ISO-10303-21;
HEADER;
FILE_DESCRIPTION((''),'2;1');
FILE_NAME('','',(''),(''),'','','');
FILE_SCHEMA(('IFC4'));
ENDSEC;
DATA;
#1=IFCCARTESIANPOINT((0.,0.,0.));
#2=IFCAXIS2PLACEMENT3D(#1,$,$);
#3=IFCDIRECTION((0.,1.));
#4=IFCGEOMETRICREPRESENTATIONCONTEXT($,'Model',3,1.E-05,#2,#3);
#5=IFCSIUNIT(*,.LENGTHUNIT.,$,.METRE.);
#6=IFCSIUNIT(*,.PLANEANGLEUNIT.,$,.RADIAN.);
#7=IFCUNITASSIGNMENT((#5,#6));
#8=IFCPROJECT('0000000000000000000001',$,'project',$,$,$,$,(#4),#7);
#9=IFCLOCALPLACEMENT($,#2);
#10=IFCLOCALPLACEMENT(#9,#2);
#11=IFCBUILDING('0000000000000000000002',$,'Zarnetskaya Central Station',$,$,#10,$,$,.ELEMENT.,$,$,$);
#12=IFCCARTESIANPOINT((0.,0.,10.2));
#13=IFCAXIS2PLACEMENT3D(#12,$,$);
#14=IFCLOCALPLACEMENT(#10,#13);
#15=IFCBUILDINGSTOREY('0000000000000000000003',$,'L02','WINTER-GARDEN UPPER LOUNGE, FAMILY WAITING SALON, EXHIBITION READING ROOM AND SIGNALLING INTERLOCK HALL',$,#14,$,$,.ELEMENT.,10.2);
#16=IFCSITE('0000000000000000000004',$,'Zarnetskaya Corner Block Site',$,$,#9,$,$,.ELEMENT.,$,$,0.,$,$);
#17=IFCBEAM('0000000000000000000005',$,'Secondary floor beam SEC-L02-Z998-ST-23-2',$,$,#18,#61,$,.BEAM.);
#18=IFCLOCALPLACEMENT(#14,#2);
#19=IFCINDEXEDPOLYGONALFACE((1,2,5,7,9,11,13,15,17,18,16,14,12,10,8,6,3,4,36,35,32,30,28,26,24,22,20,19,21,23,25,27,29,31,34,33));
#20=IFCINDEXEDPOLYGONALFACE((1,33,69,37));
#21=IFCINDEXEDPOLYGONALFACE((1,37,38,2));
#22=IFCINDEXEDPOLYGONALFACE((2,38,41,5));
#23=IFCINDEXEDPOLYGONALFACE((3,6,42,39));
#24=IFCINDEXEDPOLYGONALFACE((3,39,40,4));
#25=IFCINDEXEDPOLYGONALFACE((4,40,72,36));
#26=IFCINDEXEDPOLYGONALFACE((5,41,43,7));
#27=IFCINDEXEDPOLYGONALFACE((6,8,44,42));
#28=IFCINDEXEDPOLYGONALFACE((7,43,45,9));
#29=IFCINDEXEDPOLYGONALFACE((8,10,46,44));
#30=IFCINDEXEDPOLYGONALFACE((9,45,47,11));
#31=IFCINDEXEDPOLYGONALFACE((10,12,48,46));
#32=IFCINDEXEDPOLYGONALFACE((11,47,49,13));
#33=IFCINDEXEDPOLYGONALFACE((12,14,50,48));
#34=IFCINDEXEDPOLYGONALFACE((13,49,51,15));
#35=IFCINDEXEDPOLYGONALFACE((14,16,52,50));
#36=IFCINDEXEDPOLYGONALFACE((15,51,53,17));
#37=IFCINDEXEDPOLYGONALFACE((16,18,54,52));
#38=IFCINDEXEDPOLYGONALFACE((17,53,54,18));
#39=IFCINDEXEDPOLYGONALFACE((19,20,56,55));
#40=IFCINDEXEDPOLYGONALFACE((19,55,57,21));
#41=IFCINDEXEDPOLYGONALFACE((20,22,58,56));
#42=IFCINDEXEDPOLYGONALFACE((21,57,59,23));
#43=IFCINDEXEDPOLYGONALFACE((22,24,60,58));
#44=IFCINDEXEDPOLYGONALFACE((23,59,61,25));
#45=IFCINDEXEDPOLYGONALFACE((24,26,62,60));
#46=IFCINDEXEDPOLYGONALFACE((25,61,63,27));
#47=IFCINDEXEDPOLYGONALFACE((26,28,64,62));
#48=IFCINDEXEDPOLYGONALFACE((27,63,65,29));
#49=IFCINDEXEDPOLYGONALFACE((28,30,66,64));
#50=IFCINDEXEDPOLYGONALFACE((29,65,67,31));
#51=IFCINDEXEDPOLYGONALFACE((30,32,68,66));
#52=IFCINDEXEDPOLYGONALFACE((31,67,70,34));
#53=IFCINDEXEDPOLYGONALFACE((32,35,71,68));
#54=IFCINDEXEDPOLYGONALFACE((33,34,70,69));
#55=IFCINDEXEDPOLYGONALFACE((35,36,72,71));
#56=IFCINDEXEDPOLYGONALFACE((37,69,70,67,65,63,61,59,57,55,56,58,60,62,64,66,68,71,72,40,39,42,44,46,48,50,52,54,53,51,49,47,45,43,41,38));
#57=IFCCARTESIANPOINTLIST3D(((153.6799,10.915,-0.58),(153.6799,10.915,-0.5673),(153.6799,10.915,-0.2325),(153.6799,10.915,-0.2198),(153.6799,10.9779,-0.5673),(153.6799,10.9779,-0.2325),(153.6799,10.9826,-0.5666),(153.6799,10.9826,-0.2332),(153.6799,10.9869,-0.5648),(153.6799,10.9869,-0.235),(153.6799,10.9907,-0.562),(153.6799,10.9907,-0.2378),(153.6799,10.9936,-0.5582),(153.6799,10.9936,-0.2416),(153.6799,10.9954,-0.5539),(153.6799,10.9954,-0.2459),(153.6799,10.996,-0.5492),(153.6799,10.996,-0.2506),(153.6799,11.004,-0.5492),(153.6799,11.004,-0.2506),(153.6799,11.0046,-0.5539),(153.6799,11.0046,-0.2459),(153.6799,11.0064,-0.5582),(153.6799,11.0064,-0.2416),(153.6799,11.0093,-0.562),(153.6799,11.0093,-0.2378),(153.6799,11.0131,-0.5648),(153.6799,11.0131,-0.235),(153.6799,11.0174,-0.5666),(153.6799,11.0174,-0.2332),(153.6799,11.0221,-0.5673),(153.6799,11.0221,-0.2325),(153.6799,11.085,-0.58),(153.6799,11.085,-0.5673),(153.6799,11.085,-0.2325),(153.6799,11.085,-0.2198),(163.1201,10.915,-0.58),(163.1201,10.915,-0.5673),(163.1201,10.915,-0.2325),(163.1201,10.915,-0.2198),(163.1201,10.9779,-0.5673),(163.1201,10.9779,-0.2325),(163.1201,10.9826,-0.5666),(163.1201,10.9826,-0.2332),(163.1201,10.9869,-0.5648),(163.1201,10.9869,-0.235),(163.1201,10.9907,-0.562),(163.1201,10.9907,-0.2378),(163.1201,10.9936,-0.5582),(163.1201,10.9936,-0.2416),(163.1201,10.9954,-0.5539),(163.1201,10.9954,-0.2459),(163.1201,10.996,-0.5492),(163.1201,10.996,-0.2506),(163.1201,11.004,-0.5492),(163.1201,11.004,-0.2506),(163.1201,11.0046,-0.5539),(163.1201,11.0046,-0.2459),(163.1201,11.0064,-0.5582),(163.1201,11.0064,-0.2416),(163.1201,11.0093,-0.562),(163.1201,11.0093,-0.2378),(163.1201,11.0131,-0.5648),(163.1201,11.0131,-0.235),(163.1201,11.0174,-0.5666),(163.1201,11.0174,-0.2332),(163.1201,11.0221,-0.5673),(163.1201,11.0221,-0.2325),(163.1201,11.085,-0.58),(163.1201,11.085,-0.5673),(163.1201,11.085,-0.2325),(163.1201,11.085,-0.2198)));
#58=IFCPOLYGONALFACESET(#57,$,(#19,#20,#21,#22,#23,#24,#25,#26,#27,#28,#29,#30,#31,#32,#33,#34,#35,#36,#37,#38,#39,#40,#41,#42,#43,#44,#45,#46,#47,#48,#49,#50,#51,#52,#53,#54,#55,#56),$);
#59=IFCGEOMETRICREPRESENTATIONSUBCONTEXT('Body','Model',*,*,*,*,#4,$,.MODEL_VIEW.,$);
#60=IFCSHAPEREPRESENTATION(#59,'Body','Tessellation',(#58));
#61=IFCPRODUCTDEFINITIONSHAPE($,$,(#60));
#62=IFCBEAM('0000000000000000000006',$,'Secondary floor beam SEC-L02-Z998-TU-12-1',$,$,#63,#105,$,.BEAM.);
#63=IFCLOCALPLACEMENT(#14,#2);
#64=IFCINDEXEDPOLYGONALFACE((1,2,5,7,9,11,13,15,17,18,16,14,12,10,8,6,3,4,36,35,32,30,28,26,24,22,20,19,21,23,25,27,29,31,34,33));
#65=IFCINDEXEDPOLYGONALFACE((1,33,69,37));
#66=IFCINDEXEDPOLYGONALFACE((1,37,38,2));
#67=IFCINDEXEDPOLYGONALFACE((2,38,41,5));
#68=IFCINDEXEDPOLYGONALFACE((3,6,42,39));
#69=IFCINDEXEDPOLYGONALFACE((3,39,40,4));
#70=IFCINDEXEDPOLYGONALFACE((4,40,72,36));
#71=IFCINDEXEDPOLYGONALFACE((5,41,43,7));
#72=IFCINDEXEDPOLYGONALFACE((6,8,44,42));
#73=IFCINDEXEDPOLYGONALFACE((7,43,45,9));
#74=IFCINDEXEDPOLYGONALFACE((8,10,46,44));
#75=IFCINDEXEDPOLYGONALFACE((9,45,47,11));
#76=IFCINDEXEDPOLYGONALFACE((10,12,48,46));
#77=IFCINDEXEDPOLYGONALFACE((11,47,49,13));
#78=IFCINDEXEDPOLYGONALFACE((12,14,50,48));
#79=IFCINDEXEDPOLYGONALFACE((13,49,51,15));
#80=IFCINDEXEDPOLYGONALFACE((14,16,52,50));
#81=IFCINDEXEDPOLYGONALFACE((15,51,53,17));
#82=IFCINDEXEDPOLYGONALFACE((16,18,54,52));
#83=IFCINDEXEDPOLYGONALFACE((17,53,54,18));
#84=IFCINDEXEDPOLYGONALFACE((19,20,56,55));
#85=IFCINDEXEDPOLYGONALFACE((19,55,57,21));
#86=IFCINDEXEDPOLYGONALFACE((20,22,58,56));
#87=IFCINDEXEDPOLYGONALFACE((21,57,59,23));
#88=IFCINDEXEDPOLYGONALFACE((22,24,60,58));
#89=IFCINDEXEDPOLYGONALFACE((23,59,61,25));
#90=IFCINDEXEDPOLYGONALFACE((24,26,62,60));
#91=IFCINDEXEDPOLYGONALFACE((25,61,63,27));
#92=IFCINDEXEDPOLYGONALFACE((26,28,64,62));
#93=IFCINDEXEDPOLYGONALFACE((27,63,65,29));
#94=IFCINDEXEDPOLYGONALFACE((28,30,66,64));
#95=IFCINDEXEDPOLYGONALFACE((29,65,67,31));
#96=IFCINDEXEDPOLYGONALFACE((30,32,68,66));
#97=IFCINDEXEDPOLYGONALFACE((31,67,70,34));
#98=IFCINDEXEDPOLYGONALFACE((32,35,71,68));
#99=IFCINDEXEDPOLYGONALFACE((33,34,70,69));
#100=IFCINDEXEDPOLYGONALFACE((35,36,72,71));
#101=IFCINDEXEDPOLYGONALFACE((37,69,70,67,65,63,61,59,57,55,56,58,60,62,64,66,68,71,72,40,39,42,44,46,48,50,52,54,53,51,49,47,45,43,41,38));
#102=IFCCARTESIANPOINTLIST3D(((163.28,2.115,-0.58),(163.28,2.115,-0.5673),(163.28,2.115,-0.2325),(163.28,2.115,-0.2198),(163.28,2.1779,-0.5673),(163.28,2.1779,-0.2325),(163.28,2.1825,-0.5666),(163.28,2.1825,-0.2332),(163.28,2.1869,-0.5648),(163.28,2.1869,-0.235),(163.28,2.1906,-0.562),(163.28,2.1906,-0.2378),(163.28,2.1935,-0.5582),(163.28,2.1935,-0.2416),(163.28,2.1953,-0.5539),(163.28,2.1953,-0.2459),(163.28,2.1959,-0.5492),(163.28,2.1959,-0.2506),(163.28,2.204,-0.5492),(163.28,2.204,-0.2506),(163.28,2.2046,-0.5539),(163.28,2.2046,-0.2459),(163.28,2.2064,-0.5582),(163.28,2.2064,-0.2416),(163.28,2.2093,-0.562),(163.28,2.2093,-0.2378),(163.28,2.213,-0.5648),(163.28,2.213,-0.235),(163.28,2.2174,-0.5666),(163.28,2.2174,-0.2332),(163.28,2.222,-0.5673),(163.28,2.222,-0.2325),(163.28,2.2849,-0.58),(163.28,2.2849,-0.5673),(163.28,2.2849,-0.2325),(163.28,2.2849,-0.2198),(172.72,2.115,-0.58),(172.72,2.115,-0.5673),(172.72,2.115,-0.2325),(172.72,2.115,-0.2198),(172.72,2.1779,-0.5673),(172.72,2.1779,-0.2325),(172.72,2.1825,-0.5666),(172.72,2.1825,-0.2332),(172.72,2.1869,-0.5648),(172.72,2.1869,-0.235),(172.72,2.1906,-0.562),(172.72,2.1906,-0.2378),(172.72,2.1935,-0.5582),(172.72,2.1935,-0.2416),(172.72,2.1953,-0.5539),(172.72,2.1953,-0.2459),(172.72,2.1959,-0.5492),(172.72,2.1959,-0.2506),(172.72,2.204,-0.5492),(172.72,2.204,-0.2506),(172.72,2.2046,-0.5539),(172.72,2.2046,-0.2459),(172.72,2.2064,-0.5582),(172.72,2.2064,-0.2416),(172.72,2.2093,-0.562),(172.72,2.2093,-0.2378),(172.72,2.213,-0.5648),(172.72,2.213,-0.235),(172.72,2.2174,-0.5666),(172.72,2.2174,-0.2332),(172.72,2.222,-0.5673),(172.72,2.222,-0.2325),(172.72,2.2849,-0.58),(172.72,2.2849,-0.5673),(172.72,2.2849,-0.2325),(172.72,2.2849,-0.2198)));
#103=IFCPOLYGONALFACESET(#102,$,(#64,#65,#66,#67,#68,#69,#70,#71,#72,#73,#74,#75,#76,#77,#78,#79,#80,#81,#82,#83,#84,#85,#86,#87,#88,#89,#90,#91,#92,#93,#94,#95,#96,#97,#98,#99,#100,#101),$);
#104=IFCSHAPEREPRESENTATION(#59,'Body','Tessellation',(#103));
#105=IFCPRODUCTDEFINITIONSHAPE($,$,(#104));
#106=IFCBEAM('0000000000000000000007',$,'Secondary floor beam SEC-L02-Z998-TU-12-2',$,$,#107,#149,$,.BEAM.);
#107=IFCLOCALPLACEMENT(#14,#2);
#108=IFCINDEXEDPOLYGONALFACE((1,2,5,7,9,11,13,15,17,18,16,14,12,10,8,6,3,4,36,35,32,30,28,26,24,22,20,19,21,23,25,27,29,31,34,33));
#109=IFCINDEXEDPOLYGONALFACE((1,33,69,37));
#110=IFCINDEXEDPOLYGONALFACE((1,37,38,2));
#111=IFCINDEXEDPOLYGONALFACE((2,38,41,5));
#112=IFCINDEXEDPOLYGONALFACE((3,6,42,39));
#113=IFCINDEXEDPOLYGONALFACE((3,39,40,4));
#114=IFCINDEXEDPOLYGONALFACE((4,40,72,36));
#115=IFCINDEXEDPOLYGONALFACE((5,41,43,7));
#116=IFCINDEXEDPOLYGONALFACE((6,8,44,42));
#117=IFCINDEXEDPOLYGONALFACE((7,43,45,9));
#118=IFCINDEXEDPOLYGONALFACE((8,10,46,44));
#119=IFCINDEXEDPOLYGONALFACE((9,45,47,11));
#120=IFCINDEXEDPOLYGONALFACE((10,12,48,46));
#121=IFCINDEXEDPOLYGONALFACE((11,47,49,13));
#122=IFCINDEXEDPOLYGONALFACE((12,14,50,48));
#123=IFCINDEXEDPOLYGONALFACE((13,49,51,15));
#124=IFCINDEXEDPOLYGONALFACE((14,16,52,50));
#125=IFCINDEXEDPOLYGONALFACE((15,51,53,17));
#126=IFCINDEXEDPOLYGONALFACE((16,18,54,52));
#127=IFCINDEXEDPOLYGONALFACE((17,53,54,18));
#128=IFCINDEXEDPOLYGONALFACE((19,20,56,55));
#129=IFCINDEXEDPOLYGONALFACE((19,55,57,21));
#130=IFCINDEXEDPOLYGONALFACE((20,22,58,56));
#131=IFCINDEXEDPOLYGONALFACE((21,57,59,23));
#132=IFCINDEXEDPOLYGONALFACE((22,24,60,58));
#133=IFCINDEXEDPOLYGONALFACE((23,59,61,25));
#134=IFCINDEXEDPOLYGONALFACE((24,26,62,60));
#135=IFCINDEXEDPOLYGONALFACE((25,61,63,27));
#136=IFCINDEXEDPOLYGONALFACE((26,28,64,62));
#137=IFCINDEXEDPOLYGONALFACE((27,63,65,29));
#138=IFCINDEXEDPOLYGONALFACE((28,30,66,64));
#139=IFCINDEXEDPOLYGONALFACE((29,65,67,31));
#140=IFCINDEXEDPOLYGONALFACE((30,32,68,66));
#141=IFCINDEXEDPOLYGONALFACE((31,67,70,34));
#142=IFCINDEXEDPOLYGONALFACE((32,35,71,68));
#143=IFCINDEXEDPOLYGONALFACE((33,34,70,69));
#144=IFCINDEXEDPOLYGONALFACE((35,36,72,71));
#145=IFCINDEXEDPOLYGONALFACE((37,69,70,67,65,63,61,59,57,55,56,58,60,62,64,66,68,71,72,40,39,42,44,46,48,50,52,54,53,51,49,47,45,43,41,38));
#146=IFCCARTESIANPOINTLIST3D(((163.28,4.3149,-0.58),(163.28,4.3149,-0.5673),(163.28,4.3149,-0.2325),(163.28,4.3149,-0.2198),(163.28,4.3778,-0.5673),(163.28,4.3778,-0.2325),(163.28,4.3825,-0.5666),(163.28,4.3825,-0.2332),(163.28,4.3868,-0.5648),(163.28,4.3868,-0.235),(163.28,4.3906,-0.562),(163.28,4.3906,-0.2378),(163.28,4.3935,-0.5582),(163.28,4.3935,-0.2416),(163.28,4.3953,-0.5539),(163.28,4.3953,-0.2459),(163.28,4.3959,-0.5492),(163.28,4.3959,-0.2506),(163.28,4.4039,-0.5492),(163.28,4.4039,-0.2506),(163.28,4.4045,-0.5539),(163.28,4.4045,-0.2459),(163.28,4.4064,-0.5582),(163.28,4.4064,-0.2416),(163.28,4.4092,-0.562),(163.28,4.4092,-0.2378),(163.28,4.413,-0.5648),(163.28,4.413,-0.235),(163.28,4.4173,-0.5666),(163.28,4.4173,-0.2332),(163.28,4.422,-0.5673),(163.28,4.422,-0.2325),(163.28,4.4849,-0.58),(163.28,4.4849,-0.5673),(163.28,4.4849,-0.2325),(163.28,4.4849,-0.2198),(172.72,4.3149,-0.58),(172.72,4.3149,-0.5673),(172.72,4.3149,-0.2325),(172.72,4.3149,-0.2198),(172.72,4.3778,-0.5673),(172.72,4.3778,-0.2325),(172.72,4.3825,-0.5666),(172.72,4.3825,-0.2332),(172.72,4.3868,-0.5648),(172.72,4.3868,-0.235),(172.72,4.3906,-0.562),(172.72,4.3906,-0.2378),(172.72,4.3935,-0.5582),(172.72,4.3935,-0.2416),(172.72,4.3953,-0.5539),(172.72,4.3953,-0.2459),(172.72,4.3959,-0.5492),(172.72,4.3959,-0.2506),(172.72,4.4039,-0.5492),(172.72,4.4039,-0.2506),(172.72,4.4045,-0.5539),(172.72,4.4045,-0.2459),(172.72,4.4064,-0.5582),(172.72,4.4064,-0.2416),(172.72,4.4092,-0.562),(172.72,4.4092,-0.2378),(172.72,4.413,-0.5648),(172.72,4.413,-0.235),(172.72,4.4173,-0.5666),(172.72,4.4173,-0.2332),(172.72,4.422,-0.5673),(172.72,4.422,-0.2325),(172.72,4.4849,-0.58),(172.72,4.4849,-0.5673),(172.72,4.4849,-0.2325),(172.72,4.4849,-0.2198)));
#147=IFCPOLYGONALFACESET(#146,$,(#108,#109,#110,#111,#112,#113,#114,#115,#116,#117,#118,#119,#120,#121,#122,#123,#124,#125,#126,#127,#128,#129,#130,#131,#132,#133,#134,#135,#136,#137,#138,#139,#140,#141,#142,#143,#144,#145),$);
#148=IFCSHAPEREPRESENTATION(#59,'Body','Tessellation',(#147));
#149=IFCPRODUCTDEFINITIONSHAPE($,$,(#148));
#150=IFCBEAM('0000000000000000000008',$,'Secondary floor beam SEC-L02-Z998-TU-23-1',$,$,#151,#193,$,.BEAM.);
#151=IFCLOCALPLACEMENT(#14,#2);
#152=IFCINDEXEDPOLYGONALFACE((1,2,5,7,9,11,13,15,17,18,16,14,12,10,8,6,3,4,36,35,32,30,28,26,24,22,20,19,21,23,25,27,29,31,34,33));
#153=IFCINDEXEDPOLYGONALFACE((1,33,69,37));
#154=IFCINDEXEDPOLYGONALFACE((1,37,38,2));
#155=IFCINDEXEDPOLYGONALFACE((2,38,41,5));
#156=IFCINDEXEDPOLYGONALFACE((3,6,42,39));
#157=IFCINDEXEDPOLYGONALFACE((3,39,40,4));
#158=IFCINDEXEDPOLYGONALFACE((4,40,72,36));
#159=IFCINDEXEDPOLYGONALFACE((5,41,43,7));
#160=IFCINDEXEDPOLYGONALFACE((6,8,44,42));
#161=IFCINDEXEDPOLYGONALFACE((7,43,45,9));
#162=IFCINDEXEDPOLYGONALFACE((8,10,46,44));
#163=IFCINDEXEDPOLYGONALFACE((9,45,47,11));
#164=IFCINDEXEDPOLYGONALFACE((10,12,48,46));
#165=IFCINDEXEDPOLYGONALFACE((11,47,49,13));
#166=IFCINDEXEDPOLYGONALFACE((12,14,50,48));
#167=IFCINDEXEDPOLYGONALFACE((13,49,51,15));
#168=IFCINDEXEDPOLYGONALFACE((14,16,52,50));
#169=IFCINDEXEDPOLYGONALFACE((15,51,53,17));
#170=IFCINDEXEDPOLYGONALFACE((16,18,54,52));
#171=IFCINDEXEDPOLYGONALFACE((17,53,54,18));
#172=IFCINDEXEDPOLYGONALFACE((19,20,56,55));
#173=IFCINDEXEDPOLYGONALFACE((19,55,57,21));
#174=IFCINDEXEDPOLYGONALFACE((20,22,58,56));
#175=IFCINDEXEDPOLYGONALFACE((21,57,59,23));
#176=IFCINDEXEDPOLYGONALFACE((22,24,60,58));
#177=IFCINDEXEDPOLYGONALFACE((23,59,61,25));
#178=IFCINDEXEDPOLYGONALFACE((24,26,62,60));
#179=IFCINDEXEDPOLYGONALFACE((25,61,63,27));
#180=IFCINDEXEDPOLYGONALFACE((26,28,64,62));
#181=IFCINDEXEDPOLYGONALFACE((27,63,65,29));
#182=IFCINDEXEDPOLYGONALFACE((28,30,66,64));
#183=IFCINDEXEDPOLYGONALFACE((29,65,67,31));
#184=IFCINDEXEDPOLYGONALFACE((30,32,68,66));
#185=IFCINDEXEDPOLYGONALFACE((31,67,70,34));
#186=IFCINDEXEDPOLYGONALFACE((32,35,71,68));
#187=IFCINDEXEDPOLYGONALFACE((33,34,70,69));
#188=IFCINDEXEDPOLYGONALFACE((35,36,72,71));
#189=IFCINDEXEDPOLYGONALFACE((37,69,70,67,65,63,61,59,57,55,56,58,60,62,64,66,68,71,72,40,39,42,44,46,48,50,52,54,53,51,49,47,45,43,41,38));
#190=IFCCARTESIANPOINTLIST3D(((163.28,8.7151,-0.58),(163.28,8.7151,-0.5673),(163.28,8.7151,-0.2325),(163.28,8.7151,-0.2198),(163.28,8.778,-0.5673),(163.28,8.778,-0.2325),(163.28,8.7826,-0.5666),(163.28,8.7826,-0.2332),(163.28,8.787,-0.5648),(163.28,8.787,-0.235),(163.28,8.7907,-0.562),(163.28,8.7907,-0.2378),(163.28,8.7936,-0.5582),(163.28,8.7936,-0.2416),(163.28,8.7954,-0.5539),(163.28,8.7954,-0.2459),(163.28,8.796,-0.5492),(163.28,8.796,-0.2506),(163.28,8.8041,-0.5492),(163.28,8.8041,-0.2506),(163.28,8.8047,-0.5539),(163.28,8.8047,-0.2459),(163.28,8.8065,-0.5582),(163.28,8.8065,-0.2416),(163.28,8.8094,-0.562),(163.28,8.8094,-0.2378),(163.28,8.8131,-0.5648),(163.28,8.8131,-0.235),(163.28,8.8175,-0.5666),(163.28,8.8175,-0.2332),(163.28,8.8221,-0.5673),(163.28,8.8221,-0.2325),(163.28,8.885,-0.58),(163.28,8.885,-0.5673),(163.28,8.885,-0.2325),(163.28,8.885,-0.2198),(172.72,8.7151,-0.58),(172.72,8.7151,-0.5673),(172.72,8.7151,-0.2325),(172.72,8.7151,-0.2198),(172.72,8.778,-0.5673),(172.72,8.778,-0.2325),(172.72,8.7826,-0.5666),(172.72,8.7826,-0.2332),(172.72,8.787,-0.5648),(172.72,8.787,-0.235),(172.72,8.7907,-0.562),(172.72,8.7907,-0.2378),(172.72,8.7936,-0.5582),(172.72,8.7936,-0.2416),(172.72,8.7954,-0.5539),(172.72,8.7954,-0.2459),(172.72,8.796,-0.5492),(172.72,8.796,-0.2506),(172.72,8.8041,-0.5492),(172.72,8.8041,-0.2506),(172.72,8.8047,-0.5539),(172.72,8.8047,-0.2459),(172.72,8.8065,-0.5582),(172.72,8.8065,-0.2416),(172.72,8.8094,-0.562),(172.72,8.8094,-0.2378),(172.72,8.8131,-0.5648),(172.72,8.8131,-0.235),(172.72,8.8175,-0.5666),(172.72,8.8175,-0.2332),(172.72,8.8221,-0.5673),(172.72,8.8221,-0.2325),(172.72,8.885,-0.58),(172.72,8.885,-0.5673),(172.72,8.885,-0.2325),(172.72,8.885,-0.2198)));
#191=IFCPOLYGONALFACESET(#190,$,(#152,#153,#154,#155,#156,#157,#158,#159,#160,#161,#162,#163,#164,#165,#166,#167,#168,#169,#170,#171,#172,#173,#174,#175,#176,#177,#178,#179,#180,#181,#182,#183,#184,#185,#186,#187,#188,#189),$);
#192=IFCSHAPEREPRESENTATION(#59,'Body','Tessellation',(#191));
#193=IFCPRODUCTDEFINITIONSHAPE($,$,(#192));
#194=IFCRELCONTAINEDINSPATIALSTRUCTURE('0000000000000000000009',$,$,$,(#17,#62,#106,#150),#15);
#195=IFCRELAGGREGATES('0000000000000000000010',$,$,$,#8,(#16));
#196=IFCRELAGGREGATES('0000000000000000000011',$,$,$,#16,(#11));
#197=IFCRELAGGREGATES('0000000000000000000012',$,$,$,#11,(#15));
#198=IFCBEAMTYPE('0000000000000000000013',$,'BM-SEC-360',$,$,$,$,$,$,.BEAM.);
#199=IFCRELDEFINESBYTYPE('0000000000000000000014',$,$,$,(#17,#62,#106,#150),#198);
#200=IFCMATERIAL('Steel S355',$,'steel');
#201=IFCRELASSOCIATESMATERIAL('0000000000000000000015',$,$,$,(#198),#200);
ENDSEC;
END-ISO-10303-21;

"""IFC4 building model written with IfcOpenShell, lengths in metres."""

from ifc_helpers import new_model, si_unit, direction, frame, origin, origin_2d, place, context, subcontext, project, spatial, i_section, extrude, material, material_profile, profile_set, type_object, element, save


model = new_model("IFC4")

# Units and contexts
model_context = context("Model", 3, precision=1e-05, world=origin(), true_north=direction((0.0, 1.0)))
body_context = subcontext(model_context, "Body", "Model", "MODEL_VIEW")
ifc_project = project(units=[si_unit("LENGTHUNIT", "METRE"), si_unit("PLANEANGLEUNIT", "RADIAN")], contexts=[model_context])

# Site, building, storey
site_placement = place(None, origin())
site = spatial("IfcSite", under=ifc_project, at=site_placement, Name="Zarnetskaya Corner Block Site", CompositionType="ELEMENT", RefElevation=0.0)
building_placement = place(site_placement, origin())
building = spatial("IfcBuilding", under=site, at=building_placement, Name="Zarnetskaya Central Station", CompositionType="ELEMENT")
storey_placement = place(building_placement, frame((0.0, 0.0, 10.2)))
storey = spatial("IfcBuildingStorey", under=building, at=storey_placement, Name="L02", Description="WINTER-GARDEN UPPER LOUNGE, FAMILY WAITING SALON, EXHIBITION READING ROOM AND SIGNALLING INTERLOCK HALL", CompositionType="ELEMENT", Elevation=10.2)

# Shared definitions
ifc_material_1 = material(Name="Steel S355", Category="steel")

# Beams
ifc_material_profile_1 = material_profile(ifc_material_1, i_section(OverallWidth=0.1699, OverallDepth=0.3601, WebThickness=0.0081, FlangeThickness=0.0127, FilletRadius=0.0181, at=origin_2d()), Name="IPE 360")
ifc_profile_set_1 = profile_set([ifc_material_profile_1], Name="Steel S355")
beam_type_1 = type_object("IfcBeamType", Name="BM-SEC-360", PredefinedType="BEAM", material=ifc_profile_set_1)
for number, where, z_axis, x_axis, name in (
    (1, (153.6799, 11.0, -0.3999), (1.0, 0.0, 0.0), (0.0, 1.0, 0.0), "Secondary floor beam SEC-L02-Z998-ST-23-2"),
):
    element("IfcBeam", number, at=place(storey_placement, frame(where, z_axis=z_axis, x_axis=x_axis)), inside=storey, type_object=beam_type_1, Name=name, PredefinedType="BEAM", context=body_context, shape_type="SweptSolid", body=[
        extrude(i_section(OverallWidth=0.1699, OverallDepth=0.3601, WebThickness=0.0081, FlangeThickness=0.0127, FilletRadius=0.0181, at=origin_2d()), origin(), (0.0, 0.0, 1.0), 9.4402),
    ])
for number, where, z_axis, x_axis, name in (
    (2, (163.28, 2.2, -0.3999), (1.0, 0.0, 0.0), (0.0, 1.0, 0.0), "Secondary floor beam SEC-L02-Z998-TU-12-1"),
    (3, (163.28, 4.3999, -0.3999), (1.0, 0.0, 0.0), (0.0, 1.0, 0.0), "Secondary floor beam SEC-L02-Z998-TU-12-2"),
    (4, (163.28, 8.8, -0.3999), (1.0, 0.0, 0.0), (0.0, 1.0, 0.0), "Secondary floor beam SEC-L02-Z998-TU-23-1"),
):
    element("IfcBeam", number, at=place(storey_placement, frame(where, z_axis=z_axis, x_axis=x_axis)), inside=storey, type_object=beam_type_1, Name=name, PredefinedType="BEAM", context=body_context, shape_type="SweptSolid", body=[
        extrude(i_section(OverallWidth=0.1699, OverallDepth=0.3601, WebThickness=0.0081, FlangeThickness=0.0127, FilletRadius=0.0181, at=origin_2d()), origin(), (0.0, 0.0, 1.0), 9.4399),
    ])

save(model, "model.ifc")
